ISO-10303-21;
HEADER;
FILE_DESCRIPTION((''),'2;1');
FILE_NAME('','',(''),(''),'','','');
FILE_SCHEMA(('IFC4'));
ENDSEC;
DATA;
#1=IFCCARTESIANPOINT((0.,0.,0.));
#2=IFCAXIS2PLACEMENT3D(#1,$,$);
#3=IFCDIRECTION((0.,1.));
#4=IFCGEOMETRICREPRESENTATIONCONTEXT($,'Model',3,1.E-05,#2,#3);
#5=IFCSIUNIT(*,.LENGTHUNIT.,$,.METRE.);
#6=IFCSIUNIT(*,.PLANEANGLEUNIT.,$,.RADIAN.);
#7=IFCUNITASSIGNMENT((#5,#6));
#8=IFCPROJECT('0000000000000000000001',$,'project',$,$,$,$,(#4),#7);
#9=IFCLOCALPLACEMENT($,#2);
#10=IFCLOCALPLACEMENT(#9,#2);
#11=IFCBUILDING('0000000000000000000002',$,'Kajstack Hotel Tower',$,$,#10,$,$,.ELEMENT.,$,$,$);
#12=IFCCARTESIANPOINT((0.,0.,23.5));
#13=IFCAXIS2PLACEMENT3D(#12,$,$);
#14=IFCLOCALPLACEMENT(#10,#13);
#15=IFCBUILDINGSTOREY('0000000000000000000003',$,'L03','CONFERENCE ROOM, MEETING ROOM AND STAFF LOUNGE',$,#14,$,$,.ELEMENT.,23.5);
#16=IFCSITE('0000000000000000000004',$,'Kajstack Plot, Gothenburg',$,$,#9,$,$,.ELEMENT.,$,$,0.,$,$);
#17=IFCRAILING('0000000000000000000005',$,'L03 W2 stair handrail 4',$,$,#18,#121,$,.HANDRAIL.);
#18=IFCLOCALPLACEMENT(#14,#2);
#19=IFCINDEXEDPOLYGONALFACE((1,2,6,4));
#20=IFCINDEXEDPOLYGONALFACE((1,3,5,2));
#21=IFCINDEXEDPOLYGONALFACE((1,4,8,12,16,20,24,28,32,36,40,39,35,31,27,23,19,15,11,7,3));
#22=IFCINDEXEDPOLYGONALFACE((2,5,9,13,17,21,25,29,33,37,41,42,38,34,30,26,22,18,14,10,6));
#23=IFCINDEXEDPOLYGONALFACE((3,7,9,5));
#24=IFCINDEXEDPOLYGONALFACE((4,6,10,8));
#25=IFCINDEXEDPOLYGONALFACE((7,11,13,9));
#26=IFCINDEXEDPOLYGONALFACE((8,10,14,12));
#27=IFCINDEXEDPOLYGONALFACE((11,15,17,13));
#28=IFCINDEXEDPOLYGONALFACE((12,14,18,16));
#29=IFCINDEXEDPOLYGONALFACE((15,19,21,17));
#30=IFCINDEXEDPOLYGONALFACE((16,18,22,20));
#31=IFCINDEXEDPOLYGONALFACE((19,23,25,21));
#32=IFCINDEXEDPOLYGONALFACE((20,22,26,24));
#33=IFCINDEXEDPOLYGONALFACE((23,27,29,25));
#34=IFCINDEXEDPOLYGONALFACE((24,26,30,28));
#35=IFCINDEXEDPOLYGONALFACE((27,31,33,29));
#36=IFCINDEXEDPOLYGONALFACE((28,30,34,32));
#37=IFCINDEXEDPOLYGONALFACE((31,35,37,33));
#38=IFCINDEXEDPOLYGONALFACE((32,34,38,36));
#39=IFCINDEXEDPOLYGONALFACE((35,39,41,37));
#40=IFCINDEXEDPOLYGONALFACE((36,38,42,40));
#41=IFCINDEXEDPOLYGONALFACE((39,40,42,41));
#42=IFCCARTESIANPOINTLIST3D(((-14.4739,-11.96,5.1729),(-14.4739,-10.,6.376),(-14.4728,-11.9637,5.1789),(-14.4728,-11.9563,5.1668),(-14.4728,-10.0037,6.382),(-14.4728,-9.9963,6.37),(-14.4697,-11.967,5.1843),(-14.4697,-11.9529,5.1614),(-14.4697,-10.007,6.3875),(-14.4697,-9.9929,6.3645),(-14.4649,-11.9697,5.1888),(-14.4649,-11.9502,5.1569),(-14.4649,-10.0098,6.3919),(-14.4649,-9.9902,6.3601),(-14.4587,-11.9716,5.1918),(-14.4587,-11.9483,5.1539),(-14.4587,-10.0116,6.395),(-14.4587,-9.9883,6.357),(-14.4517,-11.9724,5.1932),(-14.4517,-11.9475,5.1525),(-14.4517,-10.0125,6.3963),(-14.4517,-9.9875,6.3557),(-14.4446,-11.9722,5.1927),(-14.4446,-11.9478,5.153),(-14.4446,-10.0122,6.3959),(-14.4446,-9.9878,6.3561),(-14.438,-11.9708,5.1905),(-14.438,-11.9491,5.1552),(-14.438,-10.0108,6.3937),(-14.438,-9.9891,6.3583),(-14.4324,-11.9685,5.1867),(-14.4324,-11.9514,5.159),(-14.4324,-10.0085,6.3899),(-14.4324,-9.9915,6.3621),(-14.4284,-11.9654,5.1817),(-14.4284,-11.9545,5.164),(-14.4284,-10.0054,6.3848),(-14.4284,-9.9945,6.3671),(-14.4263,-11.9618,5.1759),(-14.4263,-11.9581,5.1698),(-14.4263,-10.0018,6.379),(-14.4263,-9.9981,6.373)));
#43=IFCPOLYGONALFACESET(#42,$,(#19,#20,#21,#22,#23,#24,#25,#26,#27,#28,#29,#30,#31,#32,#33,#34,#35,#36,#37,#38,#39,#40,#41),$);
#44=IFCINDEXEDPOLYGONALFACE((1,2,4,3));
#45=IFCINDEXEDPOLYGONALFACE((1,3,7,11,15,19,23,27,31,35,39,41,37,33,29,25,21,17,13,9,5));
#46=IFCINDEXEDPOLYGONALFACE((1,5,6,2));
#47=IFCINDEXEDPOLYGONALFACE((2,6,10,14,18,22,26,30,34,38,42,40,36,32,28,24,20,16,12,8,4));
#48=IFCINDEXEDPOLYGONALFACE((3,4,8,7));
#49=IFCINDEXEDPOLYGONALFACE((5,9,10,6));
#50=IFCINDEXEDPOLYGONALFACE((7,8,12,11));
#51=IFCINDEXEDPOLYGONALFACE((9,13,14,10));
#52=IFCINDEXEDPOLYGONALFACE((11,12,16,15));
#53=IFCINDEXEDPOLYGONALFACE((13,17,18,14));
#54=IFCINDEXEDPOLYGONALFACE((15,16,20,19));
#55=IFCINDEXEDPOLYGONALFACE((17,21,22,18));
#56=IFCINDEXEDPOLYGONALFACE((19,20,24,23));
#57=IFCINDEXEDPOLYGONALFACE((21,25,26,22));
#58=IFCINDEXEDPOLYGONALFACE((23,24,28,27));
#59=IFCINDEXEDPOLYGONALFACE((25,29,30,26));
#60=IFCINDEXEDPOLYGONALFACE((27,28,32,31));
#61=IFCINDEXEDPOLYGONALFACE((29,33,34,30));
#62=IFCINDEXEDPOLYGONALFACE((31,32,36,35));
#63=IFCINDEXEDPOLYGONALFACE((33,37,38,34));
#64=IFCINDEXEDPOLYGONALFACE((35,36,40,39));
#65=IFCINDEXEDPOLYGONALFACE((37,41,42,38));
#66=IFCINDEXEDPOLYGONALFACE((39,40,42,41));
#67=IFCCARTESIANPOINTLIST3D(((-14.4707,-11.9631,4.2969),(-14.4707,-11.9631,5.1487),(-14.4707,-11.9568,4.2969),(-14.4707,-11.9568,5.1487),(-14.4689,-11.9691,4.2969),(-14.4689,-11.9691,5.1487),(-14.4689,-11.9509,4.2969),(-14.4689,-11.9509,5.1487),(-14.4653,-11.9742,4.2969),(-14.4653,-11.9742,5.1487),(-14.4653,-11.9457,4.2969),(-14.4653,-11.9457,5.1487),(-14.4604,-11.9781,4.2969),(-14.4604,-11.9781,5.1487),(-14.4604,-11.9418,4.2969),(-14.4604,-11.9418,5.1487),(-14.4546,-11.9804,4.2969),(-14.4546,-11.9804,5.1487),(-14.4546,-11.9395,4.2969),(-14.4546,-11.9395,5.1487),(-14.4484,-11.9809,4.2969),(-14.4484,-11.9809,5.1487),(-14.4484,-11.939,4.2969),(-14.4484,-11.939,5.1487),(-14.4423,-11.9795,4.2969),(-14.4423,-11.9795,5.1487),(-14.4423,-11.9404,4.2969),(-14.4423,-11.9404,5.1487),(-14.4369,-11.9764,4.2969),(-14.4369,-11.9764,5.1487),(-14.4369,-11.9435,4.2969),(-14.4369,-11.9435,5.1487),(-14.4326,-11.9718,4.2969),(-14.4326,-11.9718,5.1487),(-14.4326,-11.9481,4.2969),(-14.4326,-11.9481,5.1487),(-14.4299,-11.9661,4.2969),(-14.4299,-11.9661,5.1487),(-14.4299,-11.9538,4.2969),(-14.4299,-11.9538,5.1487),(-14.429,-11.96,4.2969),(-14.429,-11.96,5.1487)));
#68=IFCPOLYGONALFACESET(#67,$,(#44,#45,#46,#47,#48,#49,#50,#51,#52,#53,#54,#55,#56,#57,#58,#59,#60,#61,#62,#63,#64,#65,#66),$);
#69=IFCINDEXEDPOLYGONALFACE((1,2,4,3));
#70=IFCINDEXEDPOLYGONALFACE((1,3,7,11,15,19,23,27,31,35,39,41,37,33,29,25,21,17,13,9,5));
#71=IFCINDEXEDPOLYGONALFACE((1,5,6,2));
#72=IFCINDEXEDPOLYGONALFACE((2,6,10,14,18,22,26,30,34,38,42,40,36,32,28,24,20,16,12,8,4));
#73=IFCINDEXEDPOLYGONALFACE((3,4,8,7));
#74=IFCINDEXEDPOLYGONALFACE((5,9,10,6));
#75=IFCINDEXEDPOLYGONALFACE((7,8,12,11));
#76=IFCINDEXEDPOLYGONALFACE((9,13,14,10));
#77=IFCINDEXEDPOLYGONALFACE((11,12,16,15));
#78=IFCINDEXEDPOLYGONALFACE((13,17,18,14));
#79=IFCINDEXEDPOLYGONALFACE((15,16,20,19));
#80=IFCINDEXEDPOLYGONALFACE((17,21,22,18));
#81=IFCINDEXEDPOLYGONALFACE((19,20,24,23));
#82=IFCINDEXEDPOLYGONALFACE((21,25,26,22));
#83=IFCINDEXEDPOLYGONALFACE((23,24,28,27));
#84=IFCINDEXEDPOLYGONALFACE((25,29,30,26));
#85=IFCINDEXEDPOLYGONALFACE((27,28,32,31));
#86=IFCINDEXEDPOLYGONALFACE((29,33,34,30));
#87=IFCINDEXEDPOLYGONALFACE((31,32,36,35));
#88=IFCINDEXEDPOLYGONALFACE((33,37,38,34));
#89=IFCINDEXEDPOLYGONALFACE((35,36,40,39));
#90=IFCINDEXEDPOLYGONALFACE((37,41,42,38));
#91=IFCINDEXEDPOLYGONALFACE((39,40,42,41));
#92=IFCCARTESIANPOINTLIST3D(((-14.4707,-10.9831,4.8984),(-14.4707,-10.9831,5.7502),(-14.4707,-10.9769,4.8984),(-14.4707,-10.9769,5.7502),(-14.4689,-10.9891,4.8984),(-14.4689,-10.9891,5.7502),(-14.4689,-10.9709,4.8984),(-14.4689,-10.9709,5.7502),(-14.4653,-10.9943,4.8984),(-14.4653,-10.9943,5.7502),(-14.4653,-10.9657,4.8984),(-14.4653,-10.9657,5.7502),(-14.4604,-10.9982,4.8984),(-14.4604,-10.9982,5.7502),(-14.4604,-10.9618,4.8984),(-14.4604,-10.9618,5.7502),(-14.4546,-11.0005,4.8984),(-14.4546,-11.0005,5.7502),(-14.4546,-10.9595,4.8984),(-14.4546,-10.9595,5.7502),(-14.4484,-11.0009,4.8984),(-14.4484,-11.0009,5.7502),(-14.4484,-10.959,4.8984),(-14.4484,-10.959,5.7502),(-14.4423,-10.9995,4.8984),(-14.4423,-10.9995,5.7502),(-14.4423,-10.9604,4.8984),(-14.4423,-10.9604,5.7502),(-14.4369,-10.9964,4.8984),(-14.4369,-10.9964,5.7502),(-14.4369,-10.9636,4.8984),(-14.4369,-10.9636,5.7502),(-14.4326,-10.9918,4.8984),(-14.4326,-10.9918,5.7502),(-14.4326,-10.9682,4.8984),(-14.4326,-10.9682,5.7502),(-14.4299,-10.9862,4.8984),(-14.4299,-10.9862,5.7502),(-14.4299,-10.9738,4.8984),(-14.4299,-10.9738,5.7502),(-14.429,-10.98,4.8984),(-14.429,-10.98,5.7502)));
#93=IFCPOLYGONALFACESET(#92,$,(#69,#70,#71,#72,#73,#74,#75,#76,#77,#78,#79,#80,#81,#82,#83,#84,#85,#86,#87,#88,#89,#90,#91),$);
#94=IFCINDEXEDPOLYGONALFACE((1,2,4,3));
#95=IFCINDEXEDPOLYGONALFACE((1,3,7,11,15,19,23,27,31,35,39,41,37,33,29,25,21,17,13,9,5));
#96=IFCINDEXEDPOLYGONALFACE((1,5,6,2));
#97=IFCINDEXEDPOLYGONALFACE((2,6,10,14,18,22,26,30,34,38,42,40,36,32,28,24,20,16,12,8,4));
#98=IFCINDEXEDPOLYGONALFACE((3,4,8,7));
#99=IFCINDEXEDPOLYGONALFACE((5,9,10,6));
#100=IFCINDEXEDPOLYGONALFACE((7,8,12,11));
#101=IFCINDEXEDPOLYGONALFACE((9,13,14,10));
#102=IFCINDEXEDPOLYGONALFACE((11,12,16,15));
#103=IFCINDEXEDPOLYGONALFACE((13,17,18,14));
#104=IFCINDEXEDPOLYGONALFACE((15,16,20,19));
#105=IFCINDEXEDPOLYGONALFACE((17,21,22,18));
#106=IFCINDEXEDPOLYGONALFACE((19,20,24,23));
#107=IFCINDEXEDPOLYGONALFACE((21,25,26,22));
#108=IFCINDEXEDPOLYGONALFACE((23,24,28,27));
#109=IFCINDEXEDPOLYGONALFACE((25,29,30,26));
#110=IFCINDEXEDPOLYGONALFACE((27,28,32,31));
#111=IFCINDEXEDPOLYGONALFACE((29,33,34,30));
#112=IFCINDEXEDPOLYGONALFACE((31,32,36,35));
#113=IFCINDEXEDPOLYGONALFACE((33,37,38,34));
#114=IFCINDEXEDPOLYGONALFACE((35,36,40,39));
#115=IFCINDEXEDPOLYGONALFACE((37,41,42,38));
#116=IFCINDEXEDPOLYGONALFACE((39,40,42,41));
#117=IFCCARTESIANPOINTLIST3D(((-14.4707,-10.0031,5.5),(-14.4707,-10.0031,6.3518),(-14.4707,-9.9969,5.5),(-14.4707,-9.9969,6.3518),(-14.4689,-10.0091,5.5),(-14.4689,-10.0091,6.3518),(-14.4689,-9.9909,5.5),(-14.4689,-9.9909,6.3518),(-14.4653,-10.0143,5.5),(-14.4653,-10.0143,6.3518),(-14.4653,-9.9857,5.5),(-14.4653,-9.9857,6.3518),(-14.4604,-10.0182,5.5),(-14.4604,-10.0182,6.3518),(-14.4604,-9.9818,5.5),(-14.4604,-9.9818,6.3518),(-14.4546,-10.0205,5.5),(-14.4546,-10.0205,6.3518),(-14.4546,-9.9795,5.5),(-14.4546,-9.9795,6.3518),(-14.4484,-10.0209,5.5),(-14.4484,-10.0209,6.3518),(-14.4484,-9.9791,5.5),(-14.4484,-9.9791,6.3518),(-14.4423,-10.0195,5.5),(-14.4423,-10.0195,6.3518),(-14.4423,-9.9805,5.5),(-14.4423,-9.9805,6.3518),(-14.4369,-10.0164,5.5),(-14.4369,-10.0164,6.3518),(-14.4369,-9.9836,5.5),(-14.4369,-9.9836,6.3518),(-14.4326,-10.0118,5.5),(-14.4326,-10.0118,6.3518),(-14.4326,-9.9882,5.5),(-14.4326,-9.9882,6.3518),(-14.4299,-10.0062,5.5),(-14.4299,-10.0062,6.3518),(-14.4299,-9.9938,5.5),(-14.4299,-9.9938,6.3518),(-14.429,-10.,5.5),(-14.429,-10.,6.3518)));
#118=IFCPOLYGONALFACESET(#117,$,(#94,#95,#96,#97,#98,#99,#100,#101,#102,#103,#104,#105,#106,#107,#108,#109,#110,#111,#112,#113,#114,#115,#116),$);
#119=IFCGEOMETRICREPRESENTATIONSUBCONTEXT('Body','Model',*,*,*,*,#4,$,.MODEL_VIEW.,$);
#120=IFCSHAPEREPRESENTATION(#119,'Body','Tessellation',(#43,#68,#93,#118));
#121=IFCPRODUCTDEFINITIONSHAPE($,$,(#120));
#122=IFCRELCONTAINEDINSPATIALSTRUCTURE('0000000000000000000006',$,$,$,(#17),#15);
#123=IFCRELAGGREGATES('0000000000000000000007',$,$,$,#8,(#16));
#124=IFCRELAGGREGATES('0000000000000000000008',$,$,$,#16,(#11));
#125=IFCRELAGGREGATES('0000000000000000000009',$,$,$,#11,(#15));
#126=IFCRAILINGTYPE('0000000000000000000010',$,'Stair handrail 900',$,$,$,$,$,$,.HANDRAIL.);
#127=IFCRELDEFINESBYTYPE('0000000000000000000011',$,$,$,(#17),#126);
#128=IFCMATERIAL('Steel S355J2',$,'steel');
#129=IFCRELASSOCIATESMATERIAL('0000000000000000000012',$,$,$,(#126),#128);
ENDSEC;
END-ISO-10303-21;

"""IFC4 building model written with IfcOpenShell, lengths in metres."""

from ifc_helpers import new_model, si_unit, direction, frame, origin, origin_2d, place, context, subcontext, project, spatial, circle, extrude, material, type_object, element, save


model = new_model("IFC4")

# Units and contexts
model_context = context("Model", 3, precision=1e-05, world=origin(), true_north=direction((0.0, 1.0)))
body_context = subcontext(model_context, "Body", "Model", "MODEL_VIEW")
ifc_project = project(units=[si_unit("LENGTHUNIT", "METRE"), si_unit("PLANEANGLEUNIT", "RADIAN")], contexts=[model_context])

# Site, building, storey
site_placement = place(None, origin())
site = spatial("IfcSite", under=ifc_project, at=site_placement, Name="Kajstack Plot, Gothenburg", CompositionType="ELEMENT", RefElevation=0.0)
building_placement = place(site_placement, origin())
building = spatial("IfcBuilding", under=site, at=building_placement, Name="Kajstack Hotel Tower", CompositionType="ELEMENT")
storey_placement = place(building_placement, frame((0.0, 0.0, 23.5)))
storey = spatial("IfcBuildingStorey", under=building, at=storey_placement, Name="L03", Description="CONFERENCE ROOM, MEETING ROOM AND STAFF LOUNGE", CompositionType="ELEMENT", Elevation=23.5)

# Railing
ifc_material_1 = material(Name="Steel S355J2", Category="steel")
railing_type_1 = type_object("IfcRailingType", Name="Stair handrail 900", PredefinedType="HANDRAIL", material=ifc_material_1)
railing_1_placement = place(storey_placement, frame((-14.45, -11.96, 4.2969)))
element("IfcRailing", 1, at=railing_1_placement, inside=storey, type_object=railing_type_1, Name="L03 W2 stair handrail 4", PredefinedType="HANDRAIL", context=body_context, shape_type="SweptSolid", body=[
    extrude(circle(Radius=0.0239, at=origin_2d()), frame((0.0, 0.0, 0.876), z_axis=(0.0, 0.852241, 0.523149), x_axis=(-1.0, 0.0, 0.0)), (0.0, 0.0, 1.0), 2.2998),
    extrude(circle(Radius=0.021, at=origin_2d()), origin(), (0.0, 0.0, 1.0), 0.8518),
    extrude(circle(Radius=0.021, at=origin_2d()), frame((0.0, 0.98, 0.6016)), (0.0, 0.0, 1.0), 0.8518),
    extrude(circle(Radius=0.021, at=origin_2d()), frame((0.0, 1.96, 1.2031)), (0.0, 0.0, 1.0), 0.8518),
])

save(model, "model.ifc")
